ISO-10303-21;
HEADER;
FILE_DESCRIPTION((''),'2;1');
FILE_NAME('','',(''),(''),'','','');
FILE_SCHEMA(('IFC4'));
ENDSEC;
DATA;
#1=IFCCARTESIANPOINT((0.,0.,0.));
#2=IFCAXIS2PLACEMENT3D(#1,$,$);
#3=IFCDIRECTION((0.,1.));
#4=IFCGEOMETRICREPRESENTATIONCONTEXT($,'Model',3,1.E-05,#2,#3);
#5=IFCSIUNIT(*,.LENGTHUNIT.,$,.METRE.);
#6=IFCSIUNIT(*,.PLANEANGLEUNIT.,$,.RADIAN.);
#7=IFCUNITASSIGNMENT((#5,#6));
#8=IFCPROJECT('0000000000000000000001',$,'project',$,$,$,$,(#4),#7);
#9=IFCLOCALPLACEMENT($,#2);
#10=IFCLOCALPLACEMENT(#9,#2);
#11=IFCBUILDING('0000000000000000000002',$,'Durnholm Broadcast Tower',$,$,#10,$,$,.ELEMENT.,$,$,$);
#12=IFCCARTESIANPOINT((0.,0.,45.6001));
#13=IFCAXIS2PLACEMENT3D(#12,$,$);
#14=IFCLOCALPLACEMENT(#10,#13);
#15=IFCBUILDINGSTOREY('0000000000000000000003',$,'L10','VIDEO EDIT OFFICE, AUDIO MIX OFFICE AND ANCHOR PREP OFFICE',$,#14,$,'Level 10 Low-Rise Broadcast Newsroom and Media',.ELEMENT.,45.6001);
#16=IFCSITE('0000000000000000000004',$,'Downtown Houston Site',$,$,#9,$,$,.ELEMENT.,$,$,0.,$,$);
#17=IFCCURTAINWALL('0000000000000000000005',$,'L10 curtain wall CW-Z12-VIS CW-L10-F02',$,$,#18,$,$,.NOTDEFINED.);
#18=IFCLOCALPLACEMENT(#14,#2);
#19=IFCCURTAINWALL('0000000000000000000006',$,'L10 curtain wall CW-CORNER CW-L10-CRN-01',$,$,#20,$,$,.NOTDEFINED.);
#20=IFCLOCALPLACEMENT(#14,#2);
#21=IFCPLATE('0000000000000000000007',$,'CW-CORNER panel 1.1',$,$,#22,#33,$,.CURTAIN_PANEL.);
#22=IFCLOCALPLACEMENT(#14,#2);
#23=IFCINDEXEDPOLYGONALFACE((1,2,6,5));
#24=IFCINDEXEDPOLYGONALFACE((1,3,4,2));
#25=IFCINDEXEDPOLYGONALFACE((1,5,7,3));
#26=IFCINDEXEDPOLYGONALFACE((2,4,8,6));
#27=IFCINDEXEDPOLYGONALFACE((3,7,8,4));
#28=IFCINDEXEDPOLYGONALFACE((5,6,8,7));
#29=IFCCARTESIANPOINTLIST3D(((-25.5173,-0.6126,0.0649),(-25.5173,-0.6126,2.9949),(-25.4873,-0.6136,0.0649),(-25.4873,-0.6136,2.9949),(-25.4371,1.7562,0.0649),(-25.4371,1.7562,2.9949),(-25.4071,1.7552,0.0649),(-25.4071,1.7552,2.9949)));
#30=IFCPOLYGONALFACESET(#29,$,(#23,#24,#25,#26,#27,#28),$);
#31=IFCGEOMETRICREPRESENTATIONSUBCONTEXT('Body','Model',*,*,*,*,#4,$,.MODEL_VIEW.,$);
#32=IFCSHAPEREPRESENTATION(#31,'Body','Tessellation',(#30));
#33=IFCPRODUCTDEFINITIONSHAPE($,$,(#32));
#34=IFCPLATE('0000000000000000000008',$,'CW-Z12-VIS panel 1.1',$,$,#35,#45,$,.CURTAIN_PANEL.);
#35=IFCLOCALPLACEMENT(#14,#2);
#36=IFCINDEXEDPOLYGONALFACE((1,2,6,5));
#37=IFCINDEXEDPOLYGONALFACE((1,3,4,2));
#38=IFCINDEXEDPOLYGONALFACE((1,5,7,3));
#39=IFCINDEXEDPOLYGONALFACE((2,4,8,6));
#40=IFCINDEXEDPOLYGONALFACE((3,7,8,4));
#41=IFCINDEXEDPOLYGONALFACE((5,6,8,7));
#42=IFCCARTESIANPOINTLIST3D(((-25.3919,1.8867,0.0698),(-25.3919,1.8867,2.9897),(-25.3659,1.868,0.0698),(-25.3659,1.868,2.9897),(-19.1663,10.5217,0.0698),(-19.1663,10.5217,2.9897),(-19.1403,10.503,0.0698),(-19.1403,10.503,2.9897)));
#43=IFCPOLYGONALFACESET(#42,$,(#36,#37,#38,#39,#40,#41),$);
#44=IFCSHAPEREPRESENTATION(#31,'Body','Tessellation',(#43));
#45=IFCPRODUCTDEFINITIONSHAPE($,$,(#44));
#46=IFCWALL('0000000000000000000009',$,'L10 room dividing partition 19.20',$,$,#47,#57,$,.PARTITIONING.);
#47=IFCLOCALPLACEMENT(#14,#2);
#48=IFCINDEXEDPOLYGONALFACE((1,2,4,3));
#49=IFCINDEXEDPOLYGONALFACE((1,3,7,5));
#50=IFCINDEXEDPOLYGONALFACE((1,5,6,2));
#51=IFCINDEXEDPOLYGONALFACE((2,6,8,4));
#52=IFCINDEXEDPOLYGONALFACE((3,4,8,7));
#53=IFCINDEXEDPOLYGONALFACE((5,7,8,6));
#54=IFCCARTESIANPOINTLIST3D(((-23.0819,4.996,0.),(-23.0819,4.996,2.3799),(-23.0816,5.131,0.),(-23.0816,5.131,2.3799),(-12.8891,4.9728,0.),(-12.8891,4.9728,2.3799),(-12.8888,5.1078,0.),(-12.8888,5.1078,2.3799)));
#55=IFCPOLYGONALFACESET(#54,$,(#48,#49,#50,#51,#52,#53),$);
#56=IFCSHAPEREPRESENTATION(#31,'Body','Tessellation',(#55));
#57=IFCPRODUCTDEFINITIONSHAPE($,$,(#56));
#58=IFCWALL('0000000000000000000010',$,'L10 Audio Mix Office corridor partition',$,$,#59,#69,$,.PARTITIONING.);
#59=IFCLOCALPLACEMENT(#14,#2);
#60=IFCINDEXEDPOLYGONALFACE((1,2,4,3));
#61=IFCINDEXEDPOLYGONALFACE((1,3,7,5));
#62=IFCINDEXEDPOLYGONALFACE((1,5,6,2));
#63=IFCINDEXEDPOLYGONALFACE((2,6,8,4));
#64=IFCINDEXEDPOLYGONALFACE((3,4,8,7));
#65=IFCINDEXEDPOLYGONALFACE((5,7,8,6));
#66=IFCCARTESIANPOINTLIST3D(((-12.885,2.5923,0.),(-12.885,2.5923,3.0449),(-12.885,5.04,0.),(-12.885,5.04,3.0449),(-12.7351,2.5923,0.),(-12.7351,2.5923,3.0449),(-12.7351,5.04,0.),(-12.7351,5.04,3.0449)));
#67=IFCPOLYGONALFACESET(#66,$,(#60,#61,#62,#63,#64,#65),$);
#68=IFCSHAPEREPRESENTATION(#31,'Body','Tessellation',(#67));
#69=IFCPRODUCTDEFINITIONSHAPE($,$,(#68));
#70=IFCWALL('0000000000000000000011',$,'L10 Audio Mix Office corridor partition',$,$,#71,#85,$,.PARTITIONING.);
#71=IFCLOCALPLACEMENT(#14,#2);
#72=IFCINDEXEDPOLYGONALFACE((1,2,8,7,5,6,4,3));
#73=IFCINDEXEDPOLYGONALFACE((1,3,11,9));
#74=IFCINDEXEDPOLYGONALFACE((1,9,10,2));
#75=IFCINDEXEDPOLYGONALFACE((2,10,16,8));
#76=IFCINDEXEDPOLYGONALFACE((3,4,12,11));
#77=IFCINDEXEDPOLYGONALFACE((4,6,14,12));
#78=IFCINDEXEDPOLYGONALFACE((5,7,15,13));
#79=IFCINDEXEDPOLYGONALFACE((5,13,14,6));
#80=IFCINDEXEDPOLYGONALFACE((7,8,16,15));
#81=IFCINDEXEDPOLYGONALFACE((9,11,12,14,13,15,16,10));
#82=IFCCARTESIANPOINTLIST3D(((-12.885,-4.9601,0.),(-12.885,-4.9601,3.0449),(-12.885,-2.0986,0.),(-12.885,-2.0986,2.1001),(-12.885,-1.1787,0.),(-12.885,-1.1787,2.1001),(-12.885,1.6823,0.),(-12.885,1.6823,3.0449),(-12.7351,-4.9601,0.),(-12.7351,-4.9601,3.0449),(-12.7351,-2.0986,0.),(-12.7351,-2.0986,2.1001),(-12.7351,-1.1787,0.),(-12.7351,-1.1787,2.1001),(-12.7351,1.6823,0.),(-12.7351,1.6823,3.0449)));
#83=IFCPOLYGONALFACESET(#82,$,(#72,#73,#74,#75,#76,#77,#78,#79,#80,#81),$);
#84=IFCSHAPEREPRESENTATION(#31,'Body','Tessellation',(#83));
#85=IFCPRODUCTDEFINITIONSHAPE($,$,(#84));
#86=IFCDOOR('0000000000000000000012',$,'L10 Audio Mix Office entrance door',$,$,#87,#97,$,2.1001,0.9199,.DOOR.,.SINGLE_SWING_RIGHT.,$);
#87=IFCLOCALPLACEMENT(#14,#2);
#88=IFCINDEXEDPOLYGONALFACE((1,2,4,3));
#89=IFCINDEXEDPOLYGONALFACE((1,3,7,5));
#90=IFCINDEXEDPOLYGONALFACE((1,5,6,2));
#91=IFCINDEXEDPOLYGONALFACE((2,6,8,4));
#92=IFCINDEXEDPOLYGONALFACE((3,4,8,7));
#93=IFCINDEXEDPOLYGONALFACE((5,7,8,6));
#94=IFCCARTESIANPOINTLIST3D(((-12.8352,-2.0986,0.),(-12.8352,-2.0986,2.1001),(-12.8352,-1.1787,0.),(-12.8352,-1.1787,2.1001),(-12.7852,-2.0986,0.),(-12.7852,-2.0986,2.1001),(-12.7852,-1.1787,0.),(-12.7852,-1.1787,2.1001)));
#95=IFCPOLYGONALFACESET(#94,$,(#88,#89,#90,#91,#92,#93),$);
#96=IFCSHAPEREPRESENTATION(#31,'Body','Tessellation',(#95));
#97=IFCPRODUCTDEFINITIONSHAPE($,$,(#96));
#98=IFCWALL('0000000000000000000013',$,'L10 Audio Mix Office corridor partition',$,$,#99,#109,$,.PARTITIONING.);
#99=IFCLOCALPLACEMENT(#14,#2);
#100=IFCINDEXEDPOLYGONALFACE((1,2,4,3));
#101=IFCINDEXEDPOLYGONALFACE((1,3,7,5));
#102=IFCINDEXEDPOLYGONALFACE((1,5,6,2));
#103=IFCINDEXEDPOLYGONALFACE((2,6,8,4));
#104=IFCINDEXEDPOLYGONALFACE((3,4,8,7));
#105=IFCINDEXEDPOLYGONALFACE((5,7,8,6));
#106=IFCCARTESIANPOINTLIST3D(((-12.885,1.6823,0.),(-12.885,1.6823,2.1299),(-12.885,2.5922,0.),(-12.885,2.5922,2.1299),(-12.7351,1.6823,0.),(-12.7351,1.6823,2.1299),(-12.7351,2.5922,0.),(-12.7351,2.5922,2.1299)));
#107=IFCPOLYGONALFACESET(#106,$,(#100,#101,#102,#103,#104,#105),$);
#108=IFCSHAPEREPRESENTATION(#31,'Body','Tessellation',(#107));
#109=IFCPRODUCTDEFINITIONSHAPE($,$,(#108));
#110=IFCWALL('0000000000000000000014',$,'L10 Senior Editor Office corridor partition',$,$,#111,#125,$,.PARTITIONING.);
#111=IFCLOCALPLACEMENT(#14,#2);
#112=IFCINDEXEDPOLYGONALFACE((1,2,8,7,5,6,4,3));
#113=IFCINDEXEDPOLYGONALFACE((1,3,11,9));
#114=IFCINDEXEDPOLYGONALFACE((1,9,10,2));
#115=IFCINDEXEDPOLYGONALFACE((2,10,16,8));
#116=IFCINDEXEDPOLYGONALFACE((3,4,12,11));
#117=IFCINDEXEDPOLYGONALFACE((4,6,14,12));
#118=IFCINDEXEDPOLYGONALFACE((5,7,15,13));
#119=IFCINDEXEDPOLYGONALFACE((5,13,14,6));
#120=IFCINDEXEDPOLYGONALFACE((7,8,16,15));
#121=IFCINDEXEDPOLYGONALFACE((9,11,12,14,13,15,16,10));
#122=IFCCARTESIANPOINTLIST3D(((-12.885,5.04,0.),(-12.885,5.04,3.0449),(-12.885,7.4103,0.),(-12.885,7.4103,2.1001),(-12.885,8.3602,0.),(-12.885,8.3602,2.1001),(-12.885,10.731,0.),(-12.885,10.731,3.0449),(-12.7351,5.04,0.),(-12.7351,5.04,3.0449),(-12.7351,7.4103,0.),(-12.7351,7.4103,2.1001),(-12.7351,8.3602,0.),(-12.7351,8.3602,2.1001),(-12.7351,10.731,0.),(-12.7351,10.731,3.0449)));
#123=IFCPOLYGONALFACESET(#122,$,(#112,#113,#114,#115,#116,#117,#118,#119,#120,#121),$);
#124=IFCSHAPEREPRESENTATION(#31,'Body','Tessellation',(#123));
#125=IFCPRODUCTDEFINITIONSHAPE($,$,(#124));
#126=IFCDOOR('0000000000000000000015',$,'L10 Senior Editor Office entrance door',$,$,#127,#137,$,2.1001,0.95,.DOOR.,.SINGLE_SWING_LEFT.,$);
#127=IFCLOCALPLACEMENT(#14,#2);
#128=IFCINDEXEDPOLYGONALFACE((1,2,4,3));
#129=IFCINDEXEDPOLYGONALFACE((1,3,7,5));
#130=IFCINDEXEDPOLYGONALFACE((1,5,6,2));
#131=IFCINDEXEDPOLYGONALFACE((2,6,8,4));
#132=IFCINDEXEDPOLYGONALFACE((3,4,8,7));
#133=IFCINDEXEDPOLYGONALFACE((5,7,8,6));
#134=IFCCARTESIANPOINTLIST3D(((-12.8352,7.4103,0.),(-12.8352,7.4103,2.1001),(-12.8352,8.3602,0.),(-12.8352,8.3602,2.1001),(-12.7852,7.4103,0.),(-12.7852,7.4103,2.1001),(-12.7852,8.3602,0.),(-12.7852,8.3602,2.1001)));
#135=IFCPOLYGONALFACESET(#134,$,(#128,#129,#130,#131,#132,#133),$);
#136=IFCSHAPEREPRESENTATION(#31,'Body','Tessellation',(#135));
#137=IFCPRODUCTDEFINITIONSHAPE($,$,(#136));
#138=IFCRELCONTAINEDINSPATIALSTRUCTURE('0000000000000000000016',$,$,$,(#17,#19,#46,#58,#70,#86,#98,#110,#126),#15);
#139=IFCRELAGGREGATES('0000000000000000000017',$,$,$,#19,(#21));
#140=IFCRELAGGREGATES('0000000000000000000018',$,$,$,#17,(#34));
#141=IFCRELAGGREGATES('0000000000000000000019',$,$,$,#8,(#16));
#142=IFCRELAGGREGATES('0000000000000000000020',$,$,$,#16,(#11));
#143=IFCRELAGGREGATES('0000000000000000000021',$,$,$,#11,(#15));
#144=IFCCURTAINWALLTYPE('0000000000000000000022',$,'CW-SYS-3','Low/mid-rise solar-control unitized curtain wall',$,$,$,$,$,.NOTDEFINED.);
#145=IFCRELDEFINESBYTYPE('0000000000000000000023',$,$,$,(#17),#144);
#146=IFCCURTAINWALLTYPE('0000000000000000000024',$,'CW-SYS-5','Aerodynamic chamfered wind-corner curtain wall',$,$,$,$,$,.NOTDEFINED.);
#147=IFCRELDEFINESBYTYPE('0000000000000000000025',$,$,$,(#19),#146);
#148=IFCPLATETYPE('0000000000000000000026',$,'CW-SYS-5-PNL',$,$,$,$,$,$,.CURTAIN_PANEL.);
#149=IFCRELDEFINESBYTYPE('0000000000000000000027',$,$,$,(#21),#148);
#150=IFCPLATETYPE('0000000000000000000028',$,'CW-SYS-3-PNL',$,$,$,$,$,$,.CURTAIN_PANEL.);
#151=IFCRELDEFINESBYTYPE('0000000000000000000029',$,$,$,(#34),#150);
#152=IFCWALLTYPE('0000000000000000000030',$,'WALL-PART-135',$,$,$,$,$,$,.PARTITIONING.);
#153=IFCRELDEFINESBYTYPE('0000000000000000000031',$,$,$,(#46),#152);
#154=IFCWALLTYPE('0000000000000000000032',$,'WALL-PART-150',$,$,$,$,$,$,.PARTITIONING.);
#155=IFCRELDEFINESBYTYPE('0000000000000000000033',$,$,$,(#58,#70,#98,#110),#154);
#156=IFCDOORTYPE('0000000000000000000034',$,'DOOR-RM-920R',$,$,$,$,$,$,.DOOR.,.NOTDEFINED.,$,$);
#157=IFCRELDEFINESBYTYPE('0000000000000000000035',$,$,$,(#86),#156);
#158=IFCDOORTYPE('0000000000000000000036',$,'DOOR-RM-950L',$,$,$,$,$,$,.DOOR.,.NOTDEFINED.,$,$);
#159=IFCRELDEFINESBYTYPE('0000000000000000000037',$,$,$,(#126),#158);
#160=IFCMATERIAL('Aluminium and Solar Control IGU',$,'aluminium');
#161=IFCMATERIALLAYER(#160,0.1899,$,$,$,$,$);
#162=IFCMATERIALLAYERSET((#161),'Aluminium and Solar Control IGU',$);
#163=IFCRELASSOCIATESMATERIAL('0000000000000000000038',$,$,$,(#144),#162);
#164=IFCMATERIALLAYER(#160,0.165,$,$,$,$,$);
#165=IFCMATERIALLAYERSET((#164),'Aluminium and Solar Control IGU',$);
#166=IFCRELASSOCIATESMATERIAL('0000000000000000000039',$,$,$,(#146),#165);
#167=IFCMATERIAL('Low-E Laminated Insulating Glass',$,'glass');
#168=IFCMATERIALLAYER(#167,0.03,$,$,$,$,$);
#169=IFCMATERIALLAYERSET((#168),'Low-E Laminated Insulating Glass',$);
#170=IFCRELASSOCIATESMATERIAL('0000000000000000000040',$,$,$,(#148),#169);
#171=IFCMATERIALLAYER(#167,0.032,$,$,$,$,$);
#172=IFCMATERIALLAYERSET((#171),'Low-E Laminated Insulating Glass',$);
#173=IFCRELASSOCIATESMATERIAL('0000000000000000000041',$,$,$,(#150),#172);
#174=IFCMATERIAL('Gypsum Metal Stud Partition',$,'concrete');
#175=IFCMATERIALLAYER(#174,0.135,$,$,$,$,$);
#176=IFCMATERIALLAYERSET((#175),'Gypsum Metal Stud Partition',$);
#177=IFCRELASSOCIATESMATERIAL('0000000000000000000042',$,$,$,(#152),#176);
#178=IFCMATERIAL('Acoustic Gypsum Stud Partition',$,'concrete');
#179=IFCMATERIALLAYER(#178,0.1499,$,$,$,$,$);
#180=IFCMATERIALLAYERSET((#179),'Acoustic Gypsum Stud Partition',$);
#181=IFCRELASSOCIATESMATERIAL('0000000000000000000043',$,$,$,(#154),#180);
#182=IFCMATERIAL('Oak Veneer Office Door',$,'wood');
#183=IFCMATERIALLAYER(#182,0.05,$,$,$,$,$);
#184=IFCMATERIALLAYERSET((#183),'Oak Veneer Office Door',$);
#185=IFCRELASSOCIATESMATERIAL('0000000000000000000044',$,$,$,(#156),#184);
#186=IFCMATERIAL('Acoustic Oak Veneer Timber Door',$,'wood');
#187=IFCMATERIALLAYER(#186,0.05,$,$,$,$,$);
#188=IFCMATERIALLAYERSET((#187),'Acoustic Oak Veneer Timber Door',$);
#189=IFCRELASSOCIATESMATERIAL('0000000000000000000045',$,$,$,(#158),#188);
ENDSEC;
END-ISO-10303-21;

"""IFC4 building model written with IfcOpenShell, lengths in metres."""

from ifc_helpers import new_model, si_unit, direction, frame, frame_2d, origin, origin_2d, place, context, subcontext, project, spatial, rectangle, extrude, source, transform, mapped, material, layer, layer_set, type_object, type_shapes, element, fill, aggregate, save


model = new_model("IFC4")

# Units and contexts
model_context = context("Model", 3, precision=1e-05, world=origin(), true_north=direction((0.0, 1.0)))
body_context = subcontext(model_context, "Body", "Model", "MODEL_VIEW")
ifc_project = project(units=[si_unit("LENGTHUNIT", "METRE"), si_unit("PLANEANGLEUNIT", "RADIAN")], contexts=[model_context])

# Site, building, storey
site_placement = place(None, origin())
site = spatial("IfcSite", under=ifc_project, at=site_placement, Name="Downtown Houston Site", CompositionType="ELEMENT", RefElevation=0.0)
building_placement = place(site_placement, origin())
building = spatial("IfcBuilding", under=site, at=building_placement, Name="Durnholm Broadcast Tower", CompositionType="ELEMENT")
storey_placement = place(building_placement, frame((0.0, 0.0, 45.6001)))
storey = spatial("IfcBuildingStorey", under=building, at=storey_placement, Name="L10", Description="VIDEO EDIT OFFICE, AUDIO MIX OFFICE AND ANCHOR PREP OFFICE", LongName="Level 10 Low-Rise Broadcast Newsroom and Media", CompositionType="ELEMENT", Elevation=45.6001)

# Curtain wall
ifc_material_1 = material(Name="Aluminium and Solar Control IGU", Category="aluminium")
ifc_layer_1 = layer(ifc_material_1, 0.1899)
ifc_layer_set_1 = layer_set([ifc_layer_1], Name="Aluminium and Solar Control IGU")
curtain_wall_type_1 = type_object("IfcCurtainWallType", Name="CW-SYS-3", Description="Low/mid-rise solar-control unitized curtain wall", PredefinedType="NOTDEFINED", material=ifc_layer_set_1)
curtain_wall_1_placement = place(storey_placement, origin())
curtain_wall_1 = element("IfcCurtainWall", 1, at=curtain_wall_1_placement, inside=storey, type_object=curtain_wall_type_1, Name="L10 curtain wall CW-Z12-VIS CW-L10-F02", PredefinedType="NOTDEFINED")

# Curtain wall
ifc_layer_2 = layer(ifc_material_1, 0.165)
ifc_layer_set_2 = layer_set([ifc_layer_2], Name="Aluminium and Solar Control IGU")
curtain_wall_type_2 = type_object("IfcCurtainWallType", Name="CW-SYS-5", Description="Aerodynamic chamfered wind-corner curtain wall", PredefinedType="NOTDEFINED", material=ifc_layer_set_2)
curtain_wall_2_placement = place(storey_placement, origin())
curtain_wall_2 = element("IfcCurtainWall", 2, at=curtain_wall_2_placement, inside=storey, type_object=curtain_wall_type_2, Name="L10 curtain wall CW-CORNER CW-L10-CRN-01", PredefinedType="NOTDEFINED")

# Plates
ifc_material_2 = material(Name="Low-E Laminated Insulating Glass", Category="glass")
ifc_layer_3 = layer(ifc_material_2, 0.03)
ifc_layer_set_3 = layer_set([ifc_layer_3], Name="Low-E Laminated Insulating Glass")
plate_type_1 = type_object("IfcPlateType", Name="CW-SYS-5-PNL", PredefinedType="CURTAIN_PANEL", material=ifc_layer_set_3)
shared_shape_1 = source(origin(), body_context, "Body", "SweptSolid", [
    extrude(rectangle(XDim=2.3701, YDim=0.03, at=origin_2d()), origin(), (0.0, 0.0, 1.0), 2.9299),
])
type_shapes(plate_type_1, [shared_shape_1])
plate_1_placement = place(storey_placement, frame((-25.4622, 0.5713, 0.0649), z_axis=(0.0, 0.0, 1.0), x_axis=(0.03384, 0.999427, 0.0)))
plate_1 = element("IfcPlate", 3, at=plate_1_placement, type_object=plate_type_1, Name="CW-CORNER panel 1.1", PredefinedType="CURTAIN_PANEL", context=body_context, shape_type="MappedRepresentation", body=[
    mapped(shared_shape_1, transform((0.0, 0.0, 0.0), x_axis=(1.0, 0.0, 0.0), y_axis=(0.0, 1.0, 0.0), z_axis=(0.0, 0.0, 1.0), scale=1.0)),
])
aggregate(curtain_wall_2, [plate_1])
ifc_layer_4 = layer(ifc_material_2, 0.032)
ifc_layer_set_4 = layer_set([ifc_layer_4], Name="Low-E Laminated Insulating Glass")
plate_type_2 = type_object("IfcPlateType", Name="CW-SYS-3-PNL", PredefinedType="CURTAIN_PANEL", material=ifc_layer_set_4)
shared_shape_2 = source(origin(), body_context, "Body", "SweptSolid", [
    extrude(rectangle(XDim=10.6453, YDim=0.032, at=origin_2d()), origin(), (0.0, 0.0, 1.0), 2.9199),
])
type_shapes(plate_type_2, [shared_shape_2])
plate_2_placement = place(storey_placement, frame((-22.2661, 6.1948, 0.0698), z_axis=(0.0, 0.0, 1.0), x_axis=(0.584823, 0.811161, 0.0)))
plate_2 = element("IfcPlate", 4, at=plate_2_placement, type_object=plate_type_2, Name="CW-Z12-VIS panel 1.1", PredefinedType="CURTAIN_PANEL", context=body_context, shape_type="MappedRepresentation", body=[
    mapped(shared_shape_2, transform((0.0, 0.0, 0.0), x_axis=(1.0, 0.0, 0.0), y_axis=(0.0, 1.0, 0.0), z_axis=(0.0, 0.0, 1.0), scale=1.0)),
])
aggregate(curtain_wall_1, [plate_2])

# Walls
ifc_material_3 = material(Name="Gypsum Metal Stud Partition", Category="concrete")
ifc_layer_5 = layer(ifc_material_3, 0.135)
ifc_layer_set_5 = layer_set([ifc_layer_5], Name="Gypsum Metal Stud Partition")
wall_type_1 = type_object("IfcWallType", Name="WALL-PART-135", PredefinedType="PARTITIONING", material=ifc_layer_set_5)
wall_1_placement = place(storey_placement, frame((-23.0818, 5.0635, 0.0), z_axis=(0.0, 0.0, 1.0), x_axis=(0.999997, -0.002275, 0.0)))
element("IfcWall", 5, at=wall_1_placement, inside=storey, type_object=wall_type_1, Name="L10 room dividing partition 19.20", PredefinedType="PARTITIONING", context=body_context, shape_type="SweptSolid", body=[
    extrude(rectangle(XDim=10.1929, YDim=0.135, at=frame_2d((5.0964, 0.0))), origin(), (0.0, 0.0, 1.0), 2.3799),
])
ifc_material_4 = material(Name="Acoustic Gypsum Stud Partition", Category="concrete")
ifc_layer_6 = layer(ifc_material_4, 0.1499)
ifc_layer_set_6 = layer_set([ifc_layer_6], Name="Acoustic Gypsum Stud Partition")
wall_type_2 = type_object("IfcWallType", Name="WALL-PART-150", PredefinedType="PARTITIONING", material=ifc_layer_set_6)
wall_2_placement = place(storey_placement, frame((-12.8101, 5.04, 0.0), z_axis=(0.0, 0.0, 1.0), x_axis=(0.0, -1.0, 0.0)))
element("IfcWall", 6, at=wall_2_placement, inside=storey, type_object=wall_type_2, Name="L10 Audio Mix Office corridor partition", PredefinedType="PARTITIONING", context=body_context, shape_type="SweptSolid", body=[
    extrude(rectangle(XDim=2.4478, YDim=0.1499, at=frame_2d((1.2239, 0.0))), origin(), (0.0, 0.0, 1.0), 3.0449),
])

# Wall, opening, door
wall_3_placement = place(storey_placement, frame((-12.8101, 1.6824, 0.0), z_axis=(0.0, 0.0, 1.0), x_axis=(0.0, -1.0, 0.0)))
wall_3 = element("IfcWall", 7, at=wall_3_placement, inside=storey, type_object=wall_type_2, Name="L10 Audio Mix Office corridor partition", PredefinedType="PARTITIONING", context=body_context, shape_type="SweptSolid", body=[
    extrude(rectangle(XDim=6.6423, YDim=0.1499, at=frame_2d((3.3213, 0.0))), origin(), (0.0, 0.0, 1.0), 3.0449),
])
opening_1_placement = place(wall_3_placement, frame((2.8611, 0.0, 0.0)))
opening_1 = element("IfcOpeningElement", 8, at=opening_1_placement, cuts=wall_3, PredefinedType="OPENING", context=body_context, shape_type="SweptSolid", body=[
    extrude(rectangle(XDim=0.9199, YDim=2.1001, at=frame_2d((0.46, 1.05))), frame((0.0, 0.085, 0.0), z_axis=(0.0, -1.0, 0.0), x_axis=(1.0, 0.0, 0.0)), (0.0, 0.0, 1.0), 0.1699),
])
ifc_material_5 = material(Name="Oak Veneer Office Door", Category="wood")
ifc_layer_7 = layer(ifc_material_5, 0.05)
ifc_layer_set_7 = layer_set([ifc_layer_7], Name="Oak Veneer Office Door")
door_type_1 = type_object("IfcDoorType", Name="DOOR-RM-920R", OperationType="NOTDEFINED", PredefinedType="DOOR", material=ifc_layer_set_7)
shared_shape_3 = source(origin(), body_context, "Body", "SweptSolid", [
    extrude(rectangle(XDim=0.9199, YDim=2.1001, at=frame_2d((0.46, 1.05))), frame((0.0, 0.0249, 0.0), z_axis=(0.0, -1.0, 0.0), x_axis=(1.0, 0.0, 0.0)), (0.0, 0.0, 1.0), 0.05),
])
type_shapes(door_type_1, [shared_shape_3])
door_1_placement = place(opening_1_placement, origin())
door_1 = element("IfcDoor", 9, at=door_1_placement, inside=storey, type_object=door_type_1, Name="L10 Audio Mix Office entrance door", OperationType="SINGLE_SWING_RIGHT", OverallHeight=2.1001, OverallWidth=0.9199, PredefinedType="DOOR", context=body_context, shape_type="MappedRepresentation", body=[
    mapped(shared_shape_3, transform((0.0, 0.0, 0.0), x_axis=(1.0, 0.0, 0.0), y_axis=(0.0, 1.0, 0.0), z_axis=(0.0, 0.0, 1.0), scale=1.0)),
])
fill(opening_1, door_1)

# Wall
wall_4_placement = place(storey_placement, frame((-12.8101, 2.5923, 0.0), z_axis=(0.0, 0.0, 1.0), x_axis=(0.0, -1.0, 0.0)))
element("IfcWall", 10, at=wall_4_placement, inside=storey, type_object=wall_type_2, Name="L10 Audio Mix Office corridor partition", PredefinedType="PARTITIONING", context=body_context, shape_type="SweptSolid", body=[
    extrude(rectangle(XDim=0.9099, YDim=0.1499, at=frame_2d((0.4551, 0.0))), origin(), (0.0, 0.0, 1.0), 2.1299),
])

# Wall, opening, door
wall_5_placement = place(storey_placement, frame((-12.8101, 10.731, 0.0), z_axis=(0.0, 0.0, 1.0), x_axis=(0.0, -1.0, 0.0)))
wall_5 = element("IfcWall", 11, at=wall_5_placement, inside=storey, type_object=wall_type_2, Name="L10 Senior Editor Office corridor partition", PredefinedType="PARTITIONING", context=body_context, shape_type="SweptSolid", body=[
    extrude(rectangle(XDim=5.6909, YDim=0.1499, at=frame_2d((2.8455, 0.0))), origin(), (0.0, 0.0, 1.0), 3.0449),
])
opening_2_placement = place(wall_5_placement, frame((2.3706, 0.0, 0.0)))
opening_2 = element("IfcOpeningElement", 12, at=opening_2_placement, cuts=wall_5, PredefinedType="OPENING", context=body_context, shape_type="SweptSolid", body=[
    extrude(rectangle(XDim=0.95, YDim=2.1001, at=frame_2d((0.4751, 1.05))), frame((0.0, 0.085, 0.0), z_axis=(0.0, -1.0, 0.0), x_axis=(1.0, 0.0, 0.0)), (0.0, 0.0, 1.0), 0.1699),
])
ifc_material_6 = material(Name="Acoustic Oak Veneer Timber Door", Category="wood")
ifc_layer_8 = layer(ifc_material_6, 0.05)
ifc_layer_set_8 = layer_set([ifc_layer_8], Name="Acoustic Oak Veneer Timber Door")
door_type_2 = type_object("IfcDoorType", Name="DOOR-RM-950L", OperationType="NOTDEFINED", PredefinedType="DOOR", material=ifc_layer_set_8)
shared_shape_4 = source(origin(), body_context, "Body", "SweptSolid", [
    extrude(rectangle(XDim=0.95, YDim=2.1001, at=frame_2d((0.4751, 1.05))), frame((0.0, 0.0249, 0.0), z_axis=(0.0, -1.0, 0.0), x_axis=(1.0, 0.0, 0.0)), (0.0, 0.0, 1.0), 0.05),
])
type_shapes(door_type_2, [shared_shape_4])
door_2_placement = place(opening_2_placement, origin())
door_2 = element("IfcDoor", 13, at=door_2_placement, inside=storey, type_object=door_type_2, Name="L10 Senior Editor Office entrance door", OperationType="SINGLE_SWING_LEFT", OverallHeight=2.1001, OverallWidth=0.95, PredefinedType="DOOR", context=body_context, shape_type="MappedRepresentation", body=[
    mapped(shared_shape_4, transform((0.0, 0.0, 0.0), x_axis=(1.0, 0.0, 0.0), y_axis=(0.0, 1.0, 0.0), z_axis=(0.0, 0.0, 1.0), scale=1.0)),
])
fill(opening_2, door_2)

save(model, "model.ifc")
